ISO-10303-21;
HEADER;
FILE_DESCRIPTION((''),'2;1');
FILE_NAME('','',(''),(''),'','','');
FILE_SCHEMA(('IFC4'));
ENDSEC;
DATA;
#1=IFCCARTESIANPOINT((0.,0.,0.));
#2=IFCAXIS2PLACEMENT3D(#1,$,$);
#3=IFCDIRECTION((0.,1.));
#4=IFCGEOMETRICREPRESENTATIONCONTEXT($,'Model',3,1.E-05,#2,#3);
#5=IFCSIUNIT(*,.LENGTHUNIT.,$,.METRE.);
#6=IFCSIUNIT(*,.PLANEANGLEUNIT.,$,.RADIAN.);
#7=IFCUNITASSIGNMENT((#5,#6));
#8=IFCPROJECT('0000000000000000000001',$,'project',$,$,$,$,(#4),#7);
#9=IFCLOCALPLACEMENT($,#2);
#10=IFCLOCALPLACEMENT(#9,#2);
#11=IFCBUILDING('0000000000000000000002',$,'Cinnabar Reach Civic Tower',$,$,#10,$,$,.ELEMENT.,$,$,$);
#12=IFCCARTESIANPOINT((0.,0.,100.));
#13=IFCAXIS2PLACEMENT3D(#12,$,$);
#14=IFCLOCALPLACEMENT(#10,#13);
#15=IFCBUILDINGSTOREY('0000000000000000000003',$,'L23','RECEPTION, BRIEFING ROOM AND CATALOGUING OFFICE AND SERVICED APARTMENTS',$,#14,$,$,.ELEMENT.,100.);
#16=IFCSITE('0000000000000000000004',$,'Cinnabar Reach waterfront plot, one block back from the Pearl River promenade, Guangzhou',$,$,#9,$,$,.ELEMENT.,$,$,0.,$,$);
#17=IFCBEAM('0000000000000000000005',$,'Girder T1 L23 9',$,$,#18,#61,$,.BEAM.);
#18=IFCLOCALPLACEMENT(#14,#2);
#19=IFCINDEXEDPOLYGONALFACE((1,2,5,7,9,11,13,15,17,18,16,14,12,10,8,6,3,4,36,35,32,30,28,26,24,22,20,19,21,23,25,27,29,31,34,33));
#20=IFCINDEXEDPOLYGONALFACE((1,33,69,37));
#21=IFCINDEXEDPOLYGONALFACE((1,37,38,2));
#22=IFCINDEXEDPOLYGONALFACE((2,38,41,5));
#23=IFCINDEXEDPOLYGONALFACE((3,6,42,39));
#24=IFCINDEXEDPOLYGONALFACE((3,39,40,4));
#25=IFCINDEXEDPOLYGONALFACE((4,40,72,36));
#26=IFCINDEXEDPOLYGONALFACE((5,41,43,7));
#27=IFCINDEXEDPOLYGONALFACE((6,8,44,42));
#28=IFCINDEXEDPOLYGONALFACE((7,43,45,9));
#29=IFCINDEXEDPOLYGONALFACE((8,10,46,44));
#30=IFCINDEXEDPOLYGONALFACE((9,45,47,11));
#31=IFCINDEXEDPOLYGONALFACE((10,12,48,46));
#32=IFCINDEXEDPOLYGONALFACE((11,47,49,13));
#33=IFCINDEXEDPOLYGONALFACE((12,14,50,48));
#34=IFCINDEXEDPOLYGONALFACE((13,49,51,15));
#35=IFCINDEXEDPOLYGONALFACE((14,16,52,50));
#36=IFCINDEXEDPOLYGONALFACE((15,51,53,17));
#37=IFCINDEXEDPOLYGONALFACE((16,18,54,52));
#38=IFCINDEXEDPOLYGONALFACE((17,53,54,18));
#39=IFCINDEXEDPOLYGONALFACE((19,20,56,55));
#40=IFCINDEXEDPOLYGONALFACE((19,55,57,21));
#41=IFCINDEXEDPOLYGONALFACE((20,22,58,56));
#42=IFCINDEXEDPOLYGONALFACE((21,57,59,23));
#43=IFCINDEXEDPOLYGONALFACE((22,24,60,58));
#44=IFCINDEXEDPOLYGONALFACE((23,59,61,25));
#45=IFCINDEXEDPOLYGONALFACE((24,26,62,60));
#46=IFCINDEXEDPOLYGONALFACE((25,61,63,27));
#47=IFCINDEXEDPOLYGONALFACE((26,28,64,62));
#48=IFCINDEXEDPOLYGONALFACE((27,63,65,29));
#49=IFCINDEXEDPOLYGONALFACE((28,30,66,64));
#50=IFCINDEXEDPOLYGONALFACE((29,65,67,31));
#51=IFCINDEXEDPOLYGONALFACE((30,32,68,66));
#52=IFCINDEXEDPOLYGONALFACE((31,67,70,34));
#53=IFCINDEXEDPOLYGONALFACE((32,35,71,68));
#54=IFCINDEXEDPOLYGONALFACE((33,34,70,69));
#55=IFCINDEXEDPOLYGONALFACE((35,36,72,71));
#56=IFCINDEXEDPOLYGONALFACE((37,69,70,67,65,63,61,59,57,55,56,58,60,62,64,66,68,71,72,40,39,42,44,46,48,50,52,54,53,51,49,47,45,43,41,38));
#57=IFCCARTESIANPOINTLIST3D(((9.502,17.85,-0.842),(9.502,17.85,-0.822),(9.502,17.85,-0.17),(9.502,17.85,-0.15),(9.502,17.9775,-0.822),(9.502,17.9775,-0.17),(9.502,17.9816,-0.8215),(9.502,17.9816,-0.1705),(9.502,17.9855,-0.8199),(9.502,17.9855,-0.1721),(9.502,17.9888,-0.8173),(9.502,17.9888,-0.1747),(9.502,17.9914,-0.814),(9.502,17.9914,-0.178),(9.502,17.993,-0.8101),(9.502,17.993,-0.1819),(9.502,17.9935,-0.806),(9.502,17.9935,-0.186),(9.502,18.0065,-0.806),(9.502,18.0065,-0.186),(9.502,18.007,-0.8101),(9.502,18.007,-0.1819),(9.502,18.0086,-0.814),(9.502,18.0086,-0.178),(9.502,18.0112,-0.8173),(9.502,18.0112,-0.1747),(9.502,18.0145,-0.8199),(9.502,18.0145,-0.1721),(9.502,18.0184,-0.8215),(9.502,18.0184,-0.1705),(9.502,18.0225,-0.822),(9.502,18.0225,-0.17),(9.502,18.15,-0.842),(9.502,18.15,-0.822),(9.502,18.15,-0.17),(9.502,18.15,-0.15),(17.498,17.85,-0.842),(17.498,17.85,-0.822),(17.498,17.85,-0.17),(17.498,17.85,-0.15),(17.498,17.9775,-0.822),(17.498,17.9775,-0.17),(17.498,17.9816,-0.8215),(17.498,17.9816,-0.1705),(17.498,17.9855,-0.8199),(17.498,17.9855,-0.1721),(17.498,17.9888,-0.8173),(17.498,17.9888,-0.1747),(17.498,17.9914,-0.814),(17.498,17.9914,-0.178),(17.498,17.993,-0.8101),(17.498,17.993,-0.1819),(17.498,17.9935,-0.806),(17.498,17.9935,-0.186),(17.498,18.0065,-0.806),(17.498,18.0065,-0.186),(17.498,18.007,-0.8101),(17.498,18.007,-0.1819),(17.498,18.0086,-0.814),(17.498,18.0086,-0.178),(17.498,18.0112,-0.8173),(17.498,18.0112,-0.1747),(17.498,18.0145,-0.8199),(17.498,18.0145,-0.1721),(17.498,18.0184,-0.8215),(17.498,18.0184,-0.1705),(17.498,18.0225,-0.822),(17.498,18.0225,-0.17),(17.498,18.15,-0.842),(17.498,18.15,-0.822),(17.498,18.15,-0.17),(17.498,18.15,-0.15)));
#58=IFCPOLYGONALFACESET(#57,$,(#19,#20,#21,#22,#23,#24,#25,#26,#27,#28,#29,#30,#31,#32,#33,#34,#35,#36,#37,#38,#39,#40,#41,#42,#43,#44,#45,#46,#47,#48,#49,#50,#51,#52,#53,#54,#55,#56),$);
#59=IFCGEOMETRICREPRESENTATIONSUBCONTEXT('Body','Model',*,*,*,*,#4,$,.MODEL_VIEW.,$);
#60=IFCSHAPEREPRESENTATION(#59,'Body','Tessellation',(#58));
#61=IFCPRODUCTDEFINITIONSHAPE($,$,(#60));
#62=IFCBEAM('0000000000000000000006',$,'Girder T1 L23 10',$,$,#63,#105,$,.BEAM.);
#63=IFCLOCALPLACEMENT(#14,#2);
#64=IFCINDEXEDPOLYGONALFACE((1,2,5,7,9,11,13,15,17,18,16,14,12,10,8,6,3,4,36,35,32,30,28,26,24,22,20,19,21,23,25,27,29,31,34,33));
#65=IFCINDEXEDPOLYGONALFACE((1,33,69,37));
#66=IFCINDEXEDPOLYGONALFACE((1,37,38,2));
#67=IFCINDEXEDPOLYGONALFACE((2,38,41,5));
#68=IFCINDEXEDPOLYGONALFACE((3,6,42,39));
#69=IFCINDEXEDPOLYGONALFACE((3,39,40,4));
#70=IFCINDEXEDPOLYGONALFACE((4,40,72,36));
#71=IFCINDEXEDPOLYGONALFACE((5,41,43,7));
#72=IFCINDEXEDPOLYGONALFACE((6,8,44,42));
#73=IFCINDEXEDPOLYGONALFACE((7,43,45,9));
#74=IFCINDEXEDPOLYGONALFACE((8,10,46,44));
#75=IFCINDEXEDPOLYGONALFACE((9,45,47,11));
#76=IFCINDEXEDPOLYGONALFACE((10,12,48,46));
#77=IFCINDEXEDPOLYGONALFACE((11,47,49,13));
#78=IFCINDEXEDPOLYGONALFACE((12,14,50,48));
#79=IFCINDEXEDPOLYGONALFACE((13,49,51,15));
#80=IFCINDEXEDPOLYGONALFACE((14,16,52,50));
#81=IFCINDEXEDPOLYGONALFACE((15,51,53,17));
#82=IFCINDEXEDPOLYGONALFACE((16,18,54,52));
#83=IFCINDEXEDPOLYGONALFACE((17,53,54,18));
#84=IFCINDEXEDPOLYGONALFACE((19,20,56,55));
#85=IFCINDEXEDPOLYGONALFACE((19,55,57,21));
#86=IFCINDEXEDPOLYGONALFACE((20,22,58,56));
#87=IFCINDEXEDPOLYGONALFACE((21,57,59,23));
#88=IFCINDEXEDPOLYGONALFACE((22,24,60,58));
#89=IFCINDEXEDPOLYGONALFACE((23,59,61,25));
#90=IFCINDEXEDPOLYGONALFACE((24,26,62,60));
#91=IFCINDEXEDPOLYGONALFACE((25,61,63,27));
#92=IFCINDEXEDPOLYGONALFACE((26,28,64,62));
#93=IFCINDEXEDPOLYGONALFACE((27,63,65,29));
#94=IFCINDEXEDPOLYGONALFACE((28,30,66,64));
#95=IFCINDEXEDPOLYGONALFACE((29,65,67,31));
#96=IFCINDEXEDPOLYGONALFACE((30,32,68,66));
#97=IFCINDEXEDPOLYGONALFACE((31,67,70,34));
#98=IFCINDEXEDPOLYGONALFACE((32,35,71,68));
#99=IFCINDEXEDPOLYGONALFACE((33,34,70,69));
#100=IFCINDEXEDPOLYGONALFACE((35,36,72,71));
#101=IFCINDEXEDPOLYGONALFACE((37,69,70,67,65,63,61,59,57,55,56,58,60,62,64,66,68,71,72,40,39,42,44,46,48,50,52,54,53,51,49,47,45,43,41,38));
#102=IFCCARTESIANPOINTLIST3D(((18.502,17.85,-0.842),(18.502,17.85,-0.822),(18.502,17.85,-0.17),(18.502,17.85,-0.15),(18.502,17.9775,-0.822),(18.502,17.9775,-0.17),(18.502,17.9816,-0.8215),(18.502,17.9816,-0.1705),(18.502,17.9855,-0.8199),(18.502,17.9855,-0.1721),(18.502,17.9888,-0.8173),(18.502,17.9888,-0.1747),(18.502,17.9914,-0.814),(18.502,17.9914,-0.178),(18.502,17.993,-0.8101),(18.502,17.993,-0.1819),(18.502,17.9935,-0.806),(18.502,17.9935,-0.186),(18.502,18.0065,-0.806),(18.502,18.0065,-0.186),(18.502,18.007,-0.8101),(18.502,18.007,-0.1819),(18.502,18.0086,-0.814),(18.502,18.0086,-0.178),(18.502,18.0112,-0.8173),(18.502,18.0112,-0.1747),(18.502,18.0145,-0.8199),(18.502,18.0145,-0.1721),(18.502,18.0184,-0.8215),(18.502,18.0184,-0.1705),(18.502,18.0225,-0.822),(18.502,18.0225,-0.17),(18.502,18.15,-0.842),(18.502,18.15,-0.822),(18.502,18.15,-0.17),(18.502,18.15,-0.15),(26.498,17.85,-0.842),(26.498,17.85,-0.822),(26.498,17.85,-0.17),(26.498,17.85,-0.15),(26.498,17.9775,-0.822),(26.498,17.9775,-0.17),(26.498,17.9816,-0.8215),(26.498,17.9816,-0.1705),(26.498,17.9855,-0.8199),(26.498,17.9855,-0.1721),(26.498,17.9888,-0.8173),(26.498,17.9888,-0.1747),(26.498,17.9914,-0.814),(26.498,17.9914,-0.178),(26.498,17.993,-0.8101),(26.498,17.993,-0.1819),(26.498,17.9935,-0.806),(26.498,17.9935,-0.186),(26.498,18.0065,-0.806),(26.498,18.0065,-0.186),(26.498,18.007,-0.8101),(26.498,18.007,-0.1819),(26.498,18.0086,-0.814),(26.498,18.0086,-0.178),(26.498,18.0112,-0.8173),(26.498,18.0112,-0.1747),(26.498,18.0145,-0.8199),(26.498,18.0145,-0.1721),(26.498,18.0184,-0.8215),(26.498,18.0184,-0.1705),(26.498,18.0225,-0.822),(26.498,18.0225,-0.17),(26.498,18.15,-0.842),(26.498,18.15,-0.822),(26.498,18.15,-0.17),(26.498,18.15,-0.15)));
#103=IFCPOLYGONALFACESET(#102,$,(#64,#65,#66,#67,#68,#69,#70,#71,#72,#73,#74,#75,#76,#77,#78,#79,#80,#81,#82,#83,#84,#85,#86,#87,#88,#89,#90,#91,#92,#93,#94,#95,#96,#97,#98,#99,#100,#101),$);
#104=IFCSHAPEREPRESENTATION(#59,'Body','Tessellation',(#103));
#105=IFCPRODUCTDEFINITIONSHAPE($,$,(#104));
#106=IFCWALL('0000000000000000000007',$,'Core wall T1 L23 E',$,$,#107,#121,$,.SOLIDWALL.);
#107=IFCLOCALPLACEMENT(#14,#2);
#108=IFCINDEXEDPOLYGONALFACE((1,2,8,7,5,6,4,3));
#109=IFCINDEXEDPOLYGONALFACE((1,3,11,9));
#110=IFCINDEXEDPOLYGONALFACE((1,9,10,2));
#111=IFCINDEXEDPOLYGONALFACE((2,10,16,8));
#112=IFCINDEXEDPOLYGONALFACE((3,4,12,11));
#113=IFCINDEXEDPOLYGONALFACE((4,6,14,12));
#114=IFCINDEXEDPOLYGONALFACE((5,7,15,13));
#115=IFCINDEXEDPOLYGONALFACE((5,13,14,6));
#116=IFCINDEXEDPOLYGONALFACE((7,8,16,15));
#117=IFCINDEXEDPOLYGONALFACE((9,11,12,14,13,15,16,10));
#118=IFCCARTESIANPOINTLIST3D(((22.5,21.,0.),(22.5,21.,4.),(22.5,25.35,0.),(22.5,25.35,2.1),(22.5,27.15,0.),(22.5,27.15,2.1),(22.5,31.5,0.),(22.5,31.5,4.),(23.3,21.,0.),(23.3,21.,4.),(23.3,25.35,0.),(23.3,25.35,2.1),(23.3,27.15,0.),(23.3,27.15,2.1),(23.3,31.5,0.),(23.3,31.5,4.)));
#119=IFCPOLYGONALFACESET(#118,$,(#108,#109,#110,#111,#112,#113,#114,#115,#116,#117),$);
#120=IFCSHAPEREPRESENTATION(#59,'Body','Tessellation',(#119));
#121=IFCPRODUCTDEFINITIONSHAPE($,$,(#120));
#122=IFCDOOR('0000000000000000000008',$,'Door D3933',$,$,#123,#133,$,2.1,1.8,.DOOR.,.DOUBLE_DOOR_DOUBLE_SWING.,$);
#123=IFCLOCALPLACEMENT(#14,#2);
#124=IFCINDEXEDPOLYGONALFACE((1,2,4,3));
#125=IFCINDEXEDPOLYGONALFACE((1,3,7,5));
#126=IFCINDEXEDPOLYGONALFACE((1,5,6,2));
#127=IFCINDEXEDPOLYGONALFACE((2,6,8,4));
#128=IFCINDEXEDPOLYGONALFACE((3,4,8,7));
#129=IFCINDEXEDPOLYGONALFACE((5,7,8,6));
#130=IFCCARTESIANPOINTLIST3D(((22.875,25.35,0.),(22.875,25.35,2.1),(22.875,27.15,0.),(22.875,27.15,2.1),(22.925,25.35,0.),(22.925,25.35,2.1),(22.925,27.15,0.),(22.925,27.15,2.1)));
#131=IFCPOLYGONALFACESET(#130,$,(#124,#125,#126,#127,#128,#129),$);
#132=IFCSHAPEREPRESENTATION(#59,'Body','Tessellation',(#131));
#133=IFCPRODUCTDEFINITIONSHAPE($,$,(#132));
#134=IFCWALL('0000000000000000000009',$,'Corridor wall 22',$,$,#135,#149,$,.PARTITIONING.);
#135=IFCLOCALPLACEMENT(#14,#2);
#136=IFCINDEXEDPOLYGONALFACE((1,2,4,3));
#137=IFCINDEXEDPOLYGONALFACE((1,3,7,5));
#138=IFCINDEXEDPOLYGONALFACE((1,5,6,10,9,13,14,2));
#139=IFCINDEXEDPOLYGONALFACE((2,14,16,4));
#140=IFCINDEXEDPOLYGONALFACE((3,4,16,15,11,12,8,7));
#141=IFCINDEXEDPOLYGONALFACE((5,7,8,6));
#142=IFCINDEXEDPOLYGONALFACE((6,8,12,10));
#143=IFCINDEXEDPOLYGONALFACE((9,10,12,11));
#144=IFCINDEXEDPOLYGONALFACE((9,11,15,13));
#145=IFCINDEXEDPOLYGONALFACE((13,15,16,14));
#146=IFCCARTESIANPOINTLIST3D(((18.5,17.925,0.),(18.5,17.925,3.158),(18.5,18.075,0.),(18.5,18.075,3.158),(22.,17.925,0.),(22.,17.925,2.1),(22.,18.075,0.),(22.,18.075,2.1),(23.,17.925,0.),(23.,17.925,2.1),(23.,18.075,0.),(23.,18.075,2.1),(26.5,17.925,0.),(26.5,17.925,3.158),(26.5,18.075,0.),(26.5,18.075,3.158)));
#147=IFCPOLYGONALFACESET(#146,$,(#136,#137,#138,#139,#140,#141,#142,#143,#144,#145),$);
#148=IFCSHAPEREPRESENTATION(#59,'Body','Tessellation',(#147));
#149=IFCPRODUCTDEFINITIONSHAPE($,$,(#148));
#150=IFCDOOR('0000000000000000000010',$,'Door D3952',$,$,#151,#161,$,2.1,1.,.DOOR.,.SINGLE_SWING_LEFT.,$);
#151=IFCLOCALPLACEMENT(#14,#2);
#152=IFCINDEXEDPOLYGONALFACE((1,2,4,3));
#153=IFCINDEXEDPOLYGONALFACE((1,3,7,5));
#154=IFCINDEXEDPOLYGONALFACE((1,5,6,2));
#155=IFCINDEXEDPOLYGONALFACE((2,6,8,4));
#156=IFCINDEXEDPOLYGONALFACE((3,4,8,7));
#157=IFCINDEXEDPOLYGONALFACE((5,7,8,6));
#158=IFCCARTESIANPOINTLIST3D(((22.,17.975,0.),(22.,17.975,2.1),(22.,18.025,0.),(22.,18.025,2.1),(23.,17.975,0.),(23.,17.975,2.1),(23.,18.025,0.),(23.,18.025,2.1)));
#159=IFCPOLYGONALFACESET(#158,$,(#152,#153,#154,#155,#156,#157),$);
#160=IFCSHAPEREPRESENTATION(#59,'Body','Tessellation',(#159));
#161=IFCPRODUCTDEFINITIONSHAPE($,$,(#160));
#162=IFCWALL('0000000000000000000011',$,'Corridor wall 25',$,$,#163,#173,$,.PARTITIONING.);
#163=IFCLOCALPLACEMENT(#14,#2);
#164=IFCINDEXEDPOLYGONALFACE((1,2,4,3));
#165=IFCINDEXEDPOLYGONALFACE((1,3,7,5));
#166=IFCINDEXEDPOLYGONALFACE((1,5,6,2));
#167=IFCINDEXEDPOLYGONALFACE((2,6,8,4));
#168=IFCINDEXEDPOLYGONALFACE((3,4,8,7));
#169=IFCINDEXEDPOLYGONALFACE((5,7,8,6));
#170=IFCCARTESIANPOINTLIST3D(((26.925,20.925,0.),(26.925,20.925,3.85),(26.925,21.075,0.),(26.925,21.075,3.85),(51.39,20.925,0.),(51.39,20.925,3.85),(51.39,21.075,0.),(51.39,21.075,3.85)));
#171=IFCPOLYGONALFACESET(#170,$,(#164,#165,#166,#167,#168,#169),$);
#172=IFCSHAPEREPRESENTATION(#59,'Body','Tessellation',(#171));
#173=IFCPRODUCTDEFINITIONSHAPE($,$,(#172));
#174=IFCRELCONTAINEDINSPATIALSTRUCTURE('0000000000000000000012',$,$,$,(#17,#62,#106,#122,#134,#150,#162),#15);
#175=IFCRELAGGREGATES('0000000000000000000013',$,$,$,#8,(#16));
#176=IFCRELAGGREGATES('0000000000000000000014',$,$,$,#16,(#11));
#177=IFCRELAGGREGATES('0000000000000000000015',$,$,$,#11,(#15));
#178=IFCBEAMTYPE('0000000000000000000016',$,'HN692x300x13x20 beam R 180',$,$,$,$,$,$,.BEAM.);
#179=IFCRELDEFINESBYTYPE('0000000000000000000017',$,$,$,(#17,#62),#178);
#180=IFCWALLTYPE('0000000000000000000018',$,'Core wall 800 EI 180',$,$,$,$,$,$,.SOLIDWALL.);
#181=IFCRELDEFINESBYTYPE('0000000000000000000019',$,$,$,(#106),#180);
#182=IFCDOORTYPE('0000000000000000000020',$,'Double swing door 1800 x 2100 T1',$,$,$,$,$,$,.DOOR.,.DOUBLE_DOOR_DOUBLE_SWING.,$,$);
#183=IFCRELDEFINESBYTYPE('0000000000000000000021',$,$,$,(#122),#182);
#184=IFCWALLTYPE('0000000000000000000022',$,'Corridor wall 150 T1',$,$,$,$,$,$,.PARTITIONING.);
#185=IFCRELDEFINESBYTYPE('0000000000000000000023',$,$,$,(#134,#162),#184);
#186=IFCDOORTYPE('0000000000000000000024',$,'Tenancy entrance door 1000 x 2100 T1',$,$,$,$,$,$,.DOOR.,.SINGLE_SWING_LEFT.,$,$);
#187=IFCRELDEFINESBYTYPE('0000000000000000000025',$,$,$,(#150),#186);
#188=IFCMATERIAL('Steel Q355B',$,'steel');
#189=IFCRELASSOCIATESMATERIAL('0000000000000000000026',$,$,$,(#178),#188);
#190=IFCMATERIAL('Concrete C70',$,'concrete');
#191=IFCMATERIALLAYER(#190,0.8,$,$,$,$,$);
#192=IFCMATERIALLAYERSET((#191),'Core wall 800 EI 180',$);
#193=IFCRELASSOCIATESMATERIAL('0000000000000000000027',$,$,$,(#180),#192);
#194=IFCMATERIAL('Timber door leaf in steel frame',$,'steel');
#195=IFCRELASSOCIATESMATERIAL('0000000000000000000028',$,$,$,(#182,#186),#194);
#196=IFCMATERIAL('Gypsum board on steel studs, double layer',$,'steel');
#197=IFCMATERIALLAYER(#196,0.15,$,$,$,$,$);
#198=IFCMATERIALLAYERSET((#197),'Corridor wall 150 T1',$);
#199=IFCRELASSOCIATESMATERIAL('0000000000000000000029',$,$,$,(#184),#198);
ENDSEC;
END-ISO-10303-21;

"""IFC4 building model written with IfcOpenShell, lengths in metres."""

from ifc_helpers import new_model, si_unit, direction, frame, frame_2d, origin, origin_2d, place, context, subcontext, project, spatial, rectangle, i_section, extrude, material, layer, layer_set, material_profile, profile_set, type_object, element, fill, save


model = new_model("IFC4")

# Units and contexts
model_context = context("Model", 3, precision=1e-05, world=origin(), true_north=direction((0.0, 1.0)))
body_context = subcontext(model_context, "Body", "Model", "MODEL_VIEW")
ifc_project = project(units=[si_unit("LENGTHUNIT", "METRE"), si_unit("PLANEANGLEUNIT", "RADIAN")], contexts=[model_context])

# Site, building, storey
site_placement = place(None, origin())
site = spatial("IfcSite", under=ifc_project, at=site_placement, Name="Cinnabar Reach waterfront plot, one block back from the Pearl River promenade, Guangzhou", CompositionType="ELEMENT", RefElevation=0.0)
building_placement = place(site_placement, origin())
building = spatial("IfcBuilding", under=site, at=building_placement, Name="Cinnabar Reach Civic Tower", CompositionType="ELEMENT")
storey_placement = place(building_placement, frame((0.0, 0.0, 100.0)))
storey = spatial("IfcBuildingStorey", under=building, at=storey_placement, Name="L23", Description="RECEPTION, BRIEFING ROOM AND CATALOGUING OFFICE AND SERVICED APARTMENTS", CompositionType="ELEMENT", Elevation=100.0)

# Shared definitions
ifc_material_1 = material(Name="Concrete C70", Category="concrete")

# Beams
ifc_material_2 = material(Name="Steel Q355B", Category="steel")
ifc_material_profile_1 = material_profile(ifc_material_2, i_section(OverallWidth=0.3, OverallDepth=0.692, WebThickness=0.013, FlangeThickness=0.02, FilletRadius=0.016, at=origin_2d()), Name="HN692x300x13x20")
ifc_profile_set_1 = profile_set([ifc_material_profile_1], Name="Steel Q355B")
beam_type_1 = type_object("IfcBeamType", Name="HN692x300x13x20 beam R 180", PredefinedType="BEAM", material=ifc_profile_set_1)
for number, where, z_axis, x_axis, name in (
    (1, (9.502, 18.0, -0.496), (1.0, 0.0, 0.0), (0.0, 1.0, 0.0), "Girder T1 L23 9"),
    (2, (18.502, 18.0, -0.496), (1.0, 0.0, 0.0), (0.0, 1.0, 0.0), "Girder T1 L23 10"),
):
    element("IfcBeam", number, at=place(storey_placement, frame(where, z_axis=z_axis, x_axis=x_axis)), inside=storey, type_object=beam_type_1, Name=name, PredefinedType="BEAM", context=body_context, shape_type="SweptSolid", body=[
        extrude(i_section(OverallWidth=0.3, OverallDepth=0.692, WebThickness=0.013, FlangeThickness=0.02, FilletRadius=0.016, at=origin_2d()), origin(), (0.0, 0.0, 1.0), 7.996),
    ])

# Walls, openings, doors
ifc_layer_1 = layer(ifc_material_1, 0.8)
ifc_layer_set_1 = layer_set([ifc_layer_1], Name="Core wall 800 EI 180")
wall_type_1 = type_object("IfcWallType", Name="Core wall 800 EI 180", PredefinedType="SOLIDWALL", material=ifc_layer_set_1)
wall_1_placement = place(storey_placement, frame((22.9, 21.0, 0.0), z_axis=(0.0, 0.0, 1.0), x_axis=(0.0, 1.0, 0.0)))
wall_1 = element("IfcWall", 3, at=wall_1_placement, inside=storey, type_object=wall_type_1, Name="Core wall T1 L23 E", PredefinedType="SOLIDWALL", context=body_context, shape_type="SweptSolid", body=[
    extrude(rectangle(XDim=10.5, YDim=0.8, at=frame_2d((5.25, 0.0))), origin(), (0.0, 0.0, 1.0), 4.0),
])
opening_1_placement = place(wall_1_placement, frame((4.35, 0.0, 0.0)))
opening_1 = element("IfcOpeningElement", 4, at=opening_1_placement, cuts=wall_1, PredefinedType="OPENING", context=body_context, shape_type="SweptSolid", body=[
    extrude(rectangle(XDim=1.8, YDim=2.1, at=frame_2d((0.9, 1.05))), frame((0.0, 0.41, 0.0), z_axis=(0.0, -1.0, 0.0), x_axis=(1.0, 0.0, 0.0)), (0.0, 0.0, 1.0), 0.82),
])
ifc_material_3 = material(Name="Timber door leaf in steel frame", Category="steel")
door_type_1 = type_object("IfcDoorType", Name="Double swing door 1800 x 2100 T1", OperationType="DOUBLE_DOOR_DOUBLE_SWING", PredefinedType="DOOR", material=ifc_material_3)
door_1_placement = place(opening_1_placement, origin())
door_1 = element("IfcDoor", 5, at=door_1_placement, inside=storey, type_object=door_type_1, Name="Door D3933", OperationType="DOUBLE_DOOR_DOUBLE_SWING", OverallHeight=2.1, OverallWidth=1.8, PredefinedType="DOOR", context=body_context, shape_type="SweptSolid", body=[
    extrude(rectangle(XDim=1.8, YDim=2.1, at=frame_2d((0.9, 1.05))), frame((0.0, 0.025, 0.0), z_axis=(0.0, -1.0, 0.0), x_axis=(1.0, 0.0, 0.0)), (0.0, 0.0, 1.0), 0.05),
])
fill(opening_1, door_1)
ifc_material_4 = material(Name="Gypsum board on steel studs, double layer", Category="steel")
ifc_layer_2 = layer(ifc_material_4, 0.15)
ifc_layer_set_2 = layer_set([ifc_layer_2], Name="Corridor wall 150 T1")
wall_type_2 = type_object("IfcWallType", Name="Corridor wall 150 T1", PredefinedType="PARTITIONING", material=ifc_layer_set_2)
wall_2_placement = place(storey_placement, frame((18.5, 18.0, 0.0), z_axis=(0.0, 0.0, 1.0), x_axis=(1.0, 0.0, 0.0)))
wall_2 = element("IfcWall", 6, at=wall_2_placement, inside=storey, type_object=wall_type_2, Name="Corridor wall 22", PredefinedType="PARTITIONING", context=body_context, shape_type="SweptSolid", body=[
    extrude(rectangle(XDim=8.0, YDim=0.15, at=frame_2d((4.0, 0.0))), origin(), (0.0, 0.0, 1.0), 3.158),
])
opening_2_placement = place(wall_2_placement, frame((3.5, 0.0, 0.0)))
opening_2 = element("IfcOpeningElement", 7, at=opening_2_placement, cuts=wall_2, PredefinedType="OPENING", context=body_context, shape_type="SweptSolid", body=[
    extrude(rectangle(XDim=1.0, YDim=2.1, at=frame_2d((0.5, 1.05))), frame((0.0, 0.085, 0.0), z_axis=(0.0, -1.0, 0.0), x_axis=(1.0, 0.0, 0.0)), (0.0, 0.0, 1.0), 0.17),
])
door_type_2 = type_object("IfcDoorType", Name="Tenancy entrance door 1000 x 2100 T1", OperationType="SINGLE_SWING_LEFT", PredefinedType="DOOR", material=ifc_material_3)
door_2_placement = place(opening_2_placement, frame((1.0, 0.0, 0.0), z_axis=(0.0, 0.0, 1.0), x_axis=(-1.0, 0.0, 0.0)))
door_2 = element("IfcDoor", 8, at=door_2_placement, inside=storey, type_object=door_type_2, Name="Door D3952", OperationType="SINGLE_SWING_LEFT", OverallHeight=2.1, OverallWidth=1.0, PredefinedType="DOOR", context=body_context, shape_type="SweptSolid", body=[
    extrude(rectangle(XDim=1.0, YDim=2.1, at=frame_2d((0.5, 1.05))), frame((0.0, 0.025, 0.0), z_axis=(0.0, -1.0, 0.0), x_axis=(1.0, 0.0, 0.0)), (0.0, 0.0, 1.0), 0.05),
])
fill(opening_2, door_2)

# Wall
wall_3_placement = place(storey_placement, frame((26.925, 21.0, 0.0), z_axis=(0.0, 0.0, 1.0), x_axis=(1.0, 0.0, 0.0)))
element("IfcWall", 9, at=wall_3_placement, inside=storey, type_object=wall_type_2, Name="Corridor wall 25", PredefinedType="PARTITIONING", context=body_context, shape_type="SweptSolid", body=[
    extrude(rectangle(XDim=24.465, YDim=0.15, at=frame_2d((12.2325, 0.0))), origin(), (0.0, 0.0, 1.0), 3.85),
])

save(model, "model.ifc")
